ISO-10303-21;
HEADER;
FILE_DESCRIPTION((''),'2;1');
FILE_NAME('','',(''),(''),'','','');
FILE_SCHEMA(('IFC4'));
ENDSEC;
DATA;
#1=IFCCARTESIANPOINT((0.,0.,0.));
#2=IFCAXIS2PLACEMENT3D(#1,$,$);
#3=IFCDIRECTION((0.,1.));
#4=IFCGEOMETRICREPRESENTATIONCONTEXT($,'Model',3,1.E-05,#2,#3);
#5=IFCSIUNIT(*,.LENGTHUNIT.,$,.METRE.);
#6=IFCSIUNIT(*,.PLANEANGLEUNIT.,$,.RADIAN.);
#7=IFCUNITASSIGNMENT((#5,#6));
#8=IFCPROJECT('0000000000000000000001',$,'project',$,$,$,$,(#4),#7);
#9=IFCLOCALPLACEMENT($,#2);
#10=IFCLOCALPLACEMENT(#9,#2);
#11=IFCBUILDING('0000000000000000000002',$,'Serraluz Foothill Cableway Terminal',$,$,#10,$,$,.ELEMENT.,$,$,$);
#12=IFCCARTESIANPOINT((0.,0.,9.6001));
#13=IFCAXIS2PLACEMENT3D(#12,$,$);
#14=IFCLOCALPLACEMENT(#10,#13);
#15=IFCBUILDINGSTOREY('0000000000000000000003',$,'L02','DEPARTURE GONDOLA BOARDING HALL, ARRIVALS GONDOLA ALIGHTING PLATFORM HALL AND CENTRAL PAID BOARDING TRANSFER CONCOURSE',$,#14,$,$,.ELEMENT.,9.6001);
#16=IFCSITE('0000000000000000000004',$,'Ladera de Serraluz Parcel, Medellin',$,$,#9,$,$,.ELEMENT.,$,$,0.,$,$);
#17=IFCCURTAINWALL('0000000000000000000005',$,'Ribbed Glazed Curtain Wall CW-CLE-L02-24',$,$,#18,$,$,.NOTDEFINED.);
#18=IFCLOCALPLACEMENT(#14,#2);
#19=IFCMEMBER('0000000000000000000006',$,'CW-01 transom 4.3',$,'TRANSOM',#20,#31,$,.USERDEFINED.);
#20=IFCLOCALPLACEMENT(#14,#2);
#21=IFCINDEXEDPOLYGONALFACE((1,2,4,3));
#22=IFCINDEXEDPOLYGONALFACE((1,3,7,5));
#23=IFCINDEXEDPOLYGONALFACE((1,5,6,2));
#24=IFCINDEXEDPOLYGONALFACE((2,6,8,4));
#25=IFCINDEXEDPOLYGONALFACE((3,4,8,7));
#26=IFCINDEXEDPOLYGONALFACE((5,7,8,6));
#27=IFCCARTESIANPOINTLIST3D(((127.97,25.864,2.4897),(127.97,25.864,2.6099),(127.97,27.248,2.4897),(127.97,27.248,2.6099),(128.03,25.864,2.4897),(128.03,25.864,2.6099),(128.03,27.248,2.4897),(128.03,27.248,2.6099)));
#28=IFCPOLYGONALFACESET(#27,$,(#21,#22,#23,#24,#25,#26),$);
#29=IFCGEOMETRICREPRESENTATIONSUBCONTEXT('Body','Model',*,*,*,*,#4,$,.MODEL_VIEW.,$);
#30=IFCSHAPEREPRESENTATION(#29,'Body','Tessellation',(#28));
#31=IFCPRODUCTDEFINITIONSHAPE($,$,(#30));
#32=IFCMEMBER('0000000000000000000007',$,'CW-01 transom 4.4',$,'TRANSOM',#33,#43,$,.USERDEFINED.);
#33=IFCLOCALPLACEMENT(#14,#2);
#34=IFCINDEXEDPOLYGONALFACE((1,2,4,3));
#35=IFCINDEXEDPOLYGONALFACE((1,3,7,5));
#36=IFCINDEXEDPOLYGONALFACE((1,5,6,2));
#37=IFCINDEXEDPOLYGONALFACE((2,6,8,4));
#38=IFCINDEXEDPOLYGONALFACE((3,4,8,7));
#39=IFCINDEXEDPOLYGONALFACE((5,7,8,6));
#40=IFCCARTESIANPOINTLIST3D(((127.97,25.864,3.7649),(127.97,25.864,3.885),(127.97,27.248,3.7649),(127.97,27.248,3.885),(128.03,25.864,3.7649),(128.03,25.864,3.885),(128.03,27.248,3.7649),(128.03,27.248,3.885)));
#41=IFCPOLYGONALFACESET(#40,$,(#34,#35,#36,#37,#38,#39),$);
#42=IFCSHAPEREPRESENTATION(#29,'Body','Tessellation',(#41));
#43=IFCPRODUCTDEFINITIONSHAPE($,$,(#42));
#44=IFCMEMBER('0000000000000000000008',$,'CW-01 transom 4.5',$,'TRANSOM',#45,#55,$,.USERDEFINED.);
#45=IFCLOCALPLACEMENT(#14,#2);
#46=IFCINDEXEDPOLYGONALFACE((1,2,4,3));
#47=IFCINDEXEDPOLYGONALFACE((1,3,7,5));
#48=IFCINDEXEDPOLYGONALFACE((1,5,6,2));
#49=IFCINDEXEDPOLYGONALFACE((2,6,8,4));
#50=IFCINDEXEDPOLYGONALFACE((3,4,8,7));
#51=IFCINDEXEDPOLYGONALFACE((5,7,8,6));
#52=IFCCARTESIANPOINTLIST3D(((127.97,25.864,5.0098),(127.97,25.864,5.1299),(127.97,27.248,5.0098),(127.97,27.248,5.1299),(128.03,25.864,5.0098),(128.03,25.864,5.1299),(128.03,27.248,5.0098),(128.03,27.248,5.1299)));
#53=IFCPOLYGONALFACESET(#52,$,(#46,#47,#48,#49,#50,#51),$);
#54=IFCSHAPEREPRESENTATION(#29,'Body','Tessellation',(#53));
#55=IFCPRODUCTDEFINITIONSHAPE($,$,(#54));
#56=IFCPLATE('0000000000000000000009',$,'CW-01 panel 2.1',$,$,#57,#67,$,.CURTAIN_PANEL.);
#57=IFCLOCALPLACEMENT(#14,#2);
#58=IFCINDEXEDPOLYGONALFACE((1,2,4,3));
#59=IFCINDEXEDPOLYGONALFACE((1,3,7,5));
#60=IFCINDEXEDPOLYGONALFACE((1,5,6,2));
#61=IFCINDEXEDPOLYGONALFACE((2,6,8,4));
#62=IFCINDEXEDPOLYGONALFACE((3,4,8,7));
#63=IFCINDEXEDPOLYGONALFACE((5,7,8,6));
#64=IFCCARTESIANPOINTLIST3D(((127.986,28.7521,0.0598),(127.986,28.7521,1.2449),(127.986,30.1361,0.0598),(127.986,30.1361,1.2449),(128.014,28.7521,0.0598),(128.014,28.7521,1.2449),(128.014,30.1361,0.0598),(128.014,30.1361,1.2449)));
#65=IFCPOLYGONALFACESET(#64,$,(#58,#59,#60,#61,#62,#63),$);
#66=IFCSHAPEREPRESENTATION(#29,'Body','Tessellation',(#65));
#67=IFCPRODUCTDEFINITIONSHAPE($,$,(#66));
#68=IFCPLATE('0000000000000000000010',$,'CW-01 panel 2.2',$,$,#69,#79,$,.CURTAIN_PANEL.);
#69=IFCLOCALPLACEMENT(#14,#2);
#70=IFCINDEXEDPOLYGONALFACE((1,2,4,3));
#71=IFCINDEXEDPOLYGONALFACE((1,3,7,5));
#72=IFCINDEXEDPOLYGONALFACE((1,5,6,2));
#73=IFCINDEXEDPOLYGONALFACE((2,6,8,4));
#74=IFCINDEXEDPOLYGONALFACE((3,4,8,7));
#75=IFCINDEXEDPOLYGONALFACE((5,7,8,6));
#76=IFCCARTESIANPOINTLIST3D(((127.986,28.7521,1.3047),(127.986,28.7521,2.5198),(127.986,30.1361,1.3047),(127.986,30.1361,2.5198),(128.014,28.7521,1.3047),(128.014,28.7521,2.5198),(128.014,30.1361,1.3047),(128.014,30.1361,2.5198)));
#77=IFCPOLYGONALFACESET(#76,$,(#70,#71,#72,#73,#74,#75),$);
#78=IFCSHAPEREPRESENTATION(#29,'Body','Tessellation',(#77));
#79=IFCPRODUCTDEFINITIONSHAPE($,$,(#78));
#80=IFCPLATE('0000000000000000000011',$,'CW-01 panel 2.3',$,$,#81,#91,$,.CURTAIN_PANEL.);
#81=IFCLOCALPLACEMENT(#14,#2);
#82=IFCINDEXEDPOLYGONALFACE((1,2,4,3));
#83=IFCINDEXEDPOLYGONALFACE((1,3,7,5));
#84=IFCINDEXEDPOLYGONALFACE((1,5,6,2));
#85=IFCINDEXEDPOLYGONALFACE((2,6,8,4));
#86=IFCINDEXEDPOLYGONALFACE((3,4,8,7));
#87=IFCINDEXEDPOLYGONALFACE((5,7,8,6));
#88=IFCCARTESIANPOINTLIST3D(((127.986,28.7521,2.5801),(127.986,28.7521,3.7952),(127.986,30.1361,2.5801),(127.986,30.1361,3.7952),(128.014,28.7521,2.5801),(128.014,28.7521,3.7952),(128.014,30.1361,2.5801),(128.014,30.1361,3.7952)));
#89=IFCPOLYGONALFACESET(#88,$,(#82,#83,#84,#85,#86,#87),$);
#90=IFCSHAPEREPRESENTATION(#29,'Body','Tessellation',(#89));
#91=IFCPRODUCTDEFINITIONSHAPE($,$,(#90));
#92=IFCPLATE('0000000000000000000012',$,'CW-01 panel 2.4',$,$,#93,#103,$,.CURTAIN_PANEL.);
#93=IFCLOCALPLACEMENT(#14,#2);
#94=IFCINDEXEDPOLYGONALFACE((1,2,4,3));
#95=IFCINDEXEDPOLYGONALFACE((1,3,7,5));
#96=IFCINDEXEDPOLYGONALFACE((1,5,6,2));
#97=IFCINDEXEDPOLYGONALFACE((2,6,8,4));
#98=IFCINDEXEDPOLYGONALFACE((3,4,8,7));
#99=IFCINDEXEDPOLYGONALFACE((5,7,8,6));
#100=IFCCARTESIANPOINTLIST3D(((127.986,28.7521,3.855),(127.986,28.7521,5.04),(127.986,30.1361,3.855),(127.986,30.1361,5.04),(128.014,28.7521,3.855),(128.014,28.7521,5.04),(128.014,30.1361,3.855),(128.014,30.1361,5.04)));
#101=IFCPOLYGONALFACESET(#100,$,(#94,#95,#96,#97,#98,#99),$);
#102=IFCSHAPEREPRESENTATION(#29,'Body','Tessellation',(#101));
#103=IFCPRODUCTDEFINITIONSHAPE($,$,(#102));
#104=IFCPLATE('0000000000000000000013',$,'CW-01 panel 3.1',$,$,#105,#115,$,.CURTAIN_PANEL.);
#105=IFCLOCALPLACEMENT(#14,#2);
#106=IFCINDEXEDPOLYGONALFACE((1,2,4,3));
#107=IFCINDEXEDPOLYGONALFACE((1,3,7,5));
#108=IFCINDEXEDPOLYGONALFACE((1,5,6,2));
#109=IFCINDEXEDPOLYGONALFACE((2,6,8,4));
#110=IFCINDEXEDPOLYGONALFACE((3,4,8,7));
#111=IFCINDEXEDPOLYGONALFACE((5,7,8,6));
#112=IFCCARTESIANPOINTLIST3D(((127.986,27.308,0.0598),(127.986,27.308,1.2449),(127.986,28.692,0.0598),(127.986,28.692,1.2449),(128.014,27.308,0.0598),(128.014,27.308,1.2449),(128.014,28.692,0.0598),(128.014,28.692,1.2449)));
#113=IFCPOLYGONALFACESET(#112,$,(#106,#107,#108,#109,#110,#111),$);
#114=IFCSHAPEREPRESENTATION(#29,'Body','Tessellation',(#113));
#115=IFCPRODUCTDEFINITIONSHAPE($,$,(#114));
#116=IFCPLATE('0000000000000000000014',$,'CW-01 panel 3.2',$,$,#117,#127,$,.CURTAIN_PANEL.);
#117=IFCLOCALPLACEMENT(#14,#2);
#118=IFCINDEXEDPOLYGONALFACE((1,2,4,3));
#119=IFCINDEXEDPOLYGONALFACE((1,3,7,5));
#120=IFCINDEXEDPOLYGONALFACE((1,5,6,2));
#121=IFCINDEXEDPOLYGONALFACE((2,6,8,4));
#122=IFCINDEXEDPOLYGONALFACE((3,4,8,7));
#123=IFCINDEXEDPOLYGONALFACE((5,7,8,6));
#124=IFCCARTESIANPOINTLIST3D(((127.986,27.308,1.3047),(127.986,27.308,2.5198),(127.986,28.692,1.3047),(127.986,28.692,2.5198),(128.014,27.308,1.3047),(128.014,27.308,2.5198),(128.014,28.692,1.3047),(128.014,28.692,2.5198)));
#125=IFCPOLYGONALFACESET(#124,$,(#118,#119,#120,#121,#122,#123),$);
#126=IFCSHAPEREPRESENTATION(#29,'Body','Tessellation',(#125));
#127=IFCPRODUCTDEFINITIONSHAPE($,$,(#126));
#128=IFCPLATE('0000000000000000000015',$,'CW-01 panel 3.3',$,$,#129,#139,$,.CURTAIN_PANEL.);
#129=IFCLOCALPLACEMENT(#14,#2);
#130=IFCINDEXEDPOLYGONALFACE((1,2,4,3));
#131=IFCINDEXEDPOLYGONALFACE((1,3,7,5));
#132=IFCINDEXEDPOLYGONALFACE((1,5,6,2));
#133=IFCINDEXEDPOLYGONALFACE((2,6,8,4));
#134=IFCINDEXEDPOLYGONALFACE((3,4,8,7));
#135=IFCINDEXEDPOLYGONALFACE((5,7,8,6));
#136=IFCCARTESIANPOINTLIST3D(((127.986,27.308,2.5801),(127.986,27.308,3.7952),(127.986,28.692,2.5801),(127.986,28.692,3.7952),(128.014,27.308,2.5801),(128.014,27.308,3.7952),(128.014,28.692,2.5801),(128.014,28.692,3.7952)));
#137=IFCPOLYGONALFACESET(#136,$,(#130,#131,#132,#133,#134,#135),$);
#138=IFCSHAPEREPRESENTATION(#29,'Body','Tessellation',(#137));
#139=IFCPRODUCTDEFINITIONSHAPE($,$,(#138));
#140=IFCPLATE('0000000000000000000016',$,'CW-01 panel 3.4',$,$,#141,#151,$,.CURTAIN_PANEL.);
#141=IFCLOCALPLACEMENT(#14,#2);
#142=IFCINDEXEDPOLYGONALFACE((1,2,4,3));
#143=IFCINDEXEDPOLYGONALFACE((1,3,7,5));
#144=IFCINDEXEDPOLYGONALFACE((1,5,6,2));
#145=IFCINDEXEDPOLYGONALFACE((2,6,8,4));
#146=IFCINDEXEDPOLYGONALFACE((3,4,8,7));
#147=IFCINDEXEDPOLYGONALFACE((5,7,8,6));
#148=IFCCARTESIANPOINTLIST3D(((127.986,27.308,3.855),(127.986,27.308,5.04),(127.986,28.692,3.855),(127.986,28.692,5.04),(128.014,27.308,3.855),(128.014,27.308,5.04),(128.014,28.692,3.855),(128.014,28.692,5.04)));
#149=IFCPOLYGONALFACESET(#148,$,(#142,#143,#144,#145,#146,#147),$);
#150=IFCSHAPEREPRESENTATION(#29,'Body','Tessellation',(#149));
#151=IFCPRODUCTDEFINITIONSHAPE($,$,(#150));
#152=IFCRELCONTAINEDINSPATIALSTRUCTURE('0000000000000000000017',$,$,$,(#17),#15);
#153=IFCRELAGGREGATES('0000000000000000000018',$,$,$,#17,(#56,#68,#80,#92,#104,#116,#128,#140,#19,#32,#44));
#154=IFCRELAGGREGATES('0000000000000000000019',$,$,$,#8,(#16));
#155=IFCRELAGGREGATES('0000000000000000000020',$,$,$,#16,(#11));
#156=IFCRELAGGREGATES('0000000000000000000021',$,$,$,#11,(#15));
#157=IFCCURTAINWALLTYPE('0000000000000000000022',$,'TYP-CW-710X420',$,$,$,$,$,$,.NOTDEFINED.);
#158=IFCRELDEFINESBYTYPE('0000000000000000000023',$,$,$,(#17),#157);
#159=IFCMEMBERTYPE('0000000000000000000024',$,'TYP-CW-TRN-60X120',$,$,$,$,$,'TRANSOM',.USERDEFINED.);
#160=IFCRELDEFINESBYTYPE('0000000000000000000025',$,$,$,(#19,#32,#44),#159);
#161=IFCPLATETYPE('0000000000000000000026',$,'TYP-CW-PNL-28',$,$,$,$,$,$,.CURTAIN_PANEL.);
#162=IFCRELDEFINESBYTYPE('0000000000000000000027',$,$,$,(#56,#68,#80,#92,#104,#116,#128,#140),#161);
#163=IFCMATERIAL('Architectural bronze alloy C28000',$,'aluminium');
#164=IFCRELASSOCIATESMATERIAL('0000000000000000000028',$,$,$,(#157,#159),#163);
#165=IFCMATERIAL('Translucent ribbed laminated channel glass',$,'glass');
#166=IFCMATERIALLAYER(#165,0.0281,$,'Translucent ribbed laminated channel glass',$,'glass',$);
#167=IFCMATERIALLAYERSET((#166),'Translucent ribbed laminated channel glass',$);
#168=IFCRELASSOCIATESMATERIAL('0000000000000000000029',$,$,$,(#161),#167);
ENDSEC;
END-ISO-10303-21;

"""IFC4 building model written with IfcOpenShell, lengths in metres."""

from ifc_helpers import new_model, si_unit, direction, frame, origin, origin_2d, place, context, subcontext, project, spatial, rectangle, extrude, material, layer, layer_set, material_profile, profile_set, type_object, element, aggregate, save


model = new_model("IFC4")

# Units and contexts
model_context = context("Model", 3, precision=1e-05, world=origin(), true_north=direction((0.0, 1.0)))
body_context = subcontext(model_context, "Body", "Model", "MODEL_VIEW")
ifc_project = project(units=[si_unit("LENGTHUNIT", "METRE"), si_unit("PLANEANGLEUNIT", "RADIAN")], contexts=[model_context])

# Site, building, storey
site_placement = place(None, origin())
site = spatial("IfcSite", under=ifc_project, at=site_placement, Name="Ladera de Serraluz Parcel, Medellin", CompositionType="ELEMENT", RefElevation=0.0)
building_placement = place(site_placement, origin())
building = spatial("IfcBuilding", under=site, at=building_placement, Name="Serraluz Foothill Cableway Terminal", CompositionType="ELEMENT")
storey_placement = place(building_placement, frame((0.0, 0.0, 9.6001)))
storey = spatial("IfcBuildingStorey", under=building, at=storey_placement, Name="L02", Description="DEPARTURE GONDOLA BOARDING HALL, ARRIVALS GONDOLA ALIGHTING PLATFORM HALL AND CENTRAL PAID BOARDING TRANSFER CONCOURSE", CompositionType="ELEMENT", Elevation=9.6001)

# Curtain wall, members, plates
ifc_material_1 = material(Name="Architectural bronze alloy C28000", Category="aluminium")
curtain_wall_type = type_object("IfcCurtainWallType", Name="TYP-CW-710X420", PredefinedType="NOTDEFINED", material=ifc_material_1)
curtain_wall_placement = place(storey_placement, origin())
curtain_wall = element("IfcCurtainWall", 1, at=curtain_wall_placement, inside=storey, type_object=curtain_wall_type, Name="Ribbed Glazed Curtain Wall CW-CLE-L02-24", PredefinedType="NOTDEFINED")
ifc_material_profile_1 = material_profile(ifc_material_1, rectangle(XDim=0.0601, YDim=0.1201, at=origin_2d()), Name="ALU TRANSOM 60x120")
ifc_profile_set_1 = profile_set([ifc_material_profile_1], Name="Architectural bronze alloy C28000")
member_type_1 = type_object("IfcMemberType", Name="TYP-CW-TRN-60X120", ElementType="TRANSOM", PredefinedType="USERDEFINED", material=ifc_profile_set_1)
member_1_placement = place(storey_placement, frame((128.0, 27.248, 2.5498), z_axis=(0.0, -1.0, 0.0), x_axis=(1.0, 0.0, 0.0)))
member_1 = element("IfcMember", 2, at=member_1_placement, type_object=member_type_1, Name="CW-01 transom 4.3", ObjectType="TRANSOM", PredefinedType="USERDEFINED", context=body_context, shape_type="SweptSolid", body=[
    extrude(rectangle(XDim=0.0601, YDim=0.1201, at=origin_2d()), origin(), (0.0, 0.0, 1.0), 1.384),
])
member_2_placement = place(storey_placement, frame((128.0, 27.248, 3.825), z_axis=(0.0, -1.0, 0.0), x_axis=(1.0, 0.0, 0.0)))
member_2 = element("IfcMember", 3, at=member_2_placement, type_object=member_type_1, Name="CW-01 transom 4.4", ObjectType="TRANSOM", PredefinedType="USERDEFINED", context=body_context, shape_type="SweptSolid", body=[
    extrude(rectangle(XDim=0.0601, YDim=0.1201, at=origin_2d()), origin(), (0.0, 0.0, 1.0), 1.384),
])
member_3_placement = place(storey_placement, frame((128.0, 27.248, 5.0698), z_axis=(0.0, -1.0, 0.0), x_axis=(1.0, 0.0, 0.0)))
member_3 = element("IfcMember", 4, at=member_3_placement, type_object=member_type_1, Name="CW-01 transom 4.5", ObjectType="TRANSOM", PredefinedType="USERDEFINED", context=body_context, shape_type="SweptSolid", body=[
    extrude(rectangle(XDim=0.0601, YDim=0.1201, at=origin_2d()), origin(), (0.0, 0.0, 1.0), 1.384),
])
ifc_material_2 = material(Name="Translucent ribbed laminated channel glass", Category="glass")
ifc_layer = layer(ifc_material_2, 0.0281, Name="Translucent ribbed laminated channel glass", Category="glass")
ifc_layer_set = layer_set([ifc_layer], Name="Translucent ribbed laminated channel glass")
plate_type = type_object("IfcPlateType", Name="TYP-CW-PNL-28", PredefinedType="CURTAIN_PANEL", material=ifc_layer_set)
plate_1_placement = place(storey_placement, frame((128.0, 29.4441, 0.0598), z_axis=(0.0, 0.0, 1.0), x_axis=(0.0, -1.0, 0.0)))
plate_1 = element("IfcPlate", 5, at=plate_1_placement, type_object=plate_type, Name="CW-01 panel 2.1", PredefinedType="CURTAIN_PANEL", context=body_context, shape_type="SweptSolid", body=[
    extrude(rectangle(XDim=1.384, YDim=0.0281, at=origin_2d()), origin(), (0.0, 0.0, 1.0), 1.1851),
])
plate_2_placement = place(storey_placement, frame((128.0, 29.4441, 1.3047), z_axis=(0.0, 0.0, 1.0), x_axis=(0.0, -1.0, 0.0)))
plate_2 = element("IfcPlate", 6, at=plate_2_placement, type_object=plate_type, Name="CW-01 panel 2.2", PredefinedType="CURTAIN_PANEL", context=body_context, shape_type="SweptSolid", body=[
    extrude(rectangle(XDim=1.384, YDim=0.0281, at=origin_2d()), origin(), (0.0, 0.0, 1.0), 1.2151),
])
plate_3_placement = place(storey_placement, frame((128.0, 29.4441, 2.5801), z_axis=(0.0, 0.0, 1.0), x_axis=(0.0, -1.0, 0.0)))
plate_3 = element("IfcPlate", 7, at=plate_3_placement, type_object=plate_type, Name="CW-01 panel 2.3", PredefinedType="CURTAIN_PANEL", context=body_context, shape_type="SweptSolid", body=[
    extrude(rectangle(XDim=1.384, YDim=0.0281, at=origin_2d()), origin(), (0.0, 0.0, 1.0), 1.2151),
])
plate_4_placement = place(storey_placement, frame((128.0, 29.4441, 3.855), z_axis=(0.0, 0.0, 1.0), x_axis=(0.0, -1.0, 0.0)))
plate_4 = element("IfcPlate", 8, at=plate_4_placement, type_object=plate_type, Name="CW-01 panel 2.4", PredefinedType="CURTAIN_PANEL", context=body_context, shape_type="SweptSolid", body=[
    extrude(rectangle(XDim=1.384, YDim=0.0281, at=origin_2d()), origin(), (0.0, 0.0, 1.0), 1.1851),
])
plate_5_placement = place(storey_placement, frame((128.0, 28.0, 0.0598), z_axis=(0.0, 0.0, 1.0), x_axis=(0.0, -1.0, 0.0)))
plate_5 = element("IfcPlate", 9, at=plate_5_placement, type_object=plate_type, Name="CW-01 panel 3.1", PredefinedType="CURTAIN_PANEL", context=body_context, shape_type="SweptSolid", body=[
    extrude(rectangle(XDim=1.384, YDim=0.0281, at=origin_2d()), origin(), (0.0, 0.0, 1.0), 1.1851),
])
plate_6_placement = place(storey_placement, frame((128.0, 28.0, 1.3047), z_axis=(0.0, 0.0, 1.0), x_axis=(0.0, -1.0, 0.0)))
plate_6 = element("IfcPlate", 10, at=plate_6_placement, type_object=plate_type, Name="CW-01 panel 3.2", PredefinedType="CURTAIN_PANEL", context=body_context, shape_type="SweptSolid", body=[
    extrude(rectangle(XDim=1.384, YDim=0.0281, at=origin_2d()), origin(), (0.0, 0.0, 1.0), 1.2151),
])
plate_7_placement = place(storey_placement, frame((128.0, 28.0, 2.5801), z_axis=(0.0, 0.0, 1.0), x_axis=(0.0, -1.0, 0.0)))
plate_7 = element("IfcPlate", 11, at=plate_7_placement, type_object=plate_type, Name="CW-01 panel 3.3", PredefinedType="CURTAIN_PANEL", context=body_context, shape_type="SweptSolid", body=[
    extrude(rectangle(XDim=1.384, YDim=0.0281, at=origin_2d()), origin(), (0.0, 0.0, 1.0), 1.2151),
])
plate_8_placement = place(storey_placement, frame((128.0, 28.0, 3.855), z_axis=(0.0, 0.0, 1.0), x_axis=(0.0, -1.0, 0.0)))
plate_8 = element("IfcPlate", 12, at=plate_8_placement, type_object=plate_type, Name="CW-01 panel 3.4", PredefinedType="CURTAIN_PANEL", context=body_context, shape_type="SweptSolid", body=[
    extrude(rectangle(XDim=1.384, YDim=0.0281, at=origin_2d()), origin(), (0.0, 0.0, 1.0), 1.1851),
])
aggregate(curtain_wall, [plate_1, plate_2, plate_3, plate_4, plate_5, plate_6, plate_7, plate_8, member_1, member_2, member_3])

save(model, "model.ifc")
